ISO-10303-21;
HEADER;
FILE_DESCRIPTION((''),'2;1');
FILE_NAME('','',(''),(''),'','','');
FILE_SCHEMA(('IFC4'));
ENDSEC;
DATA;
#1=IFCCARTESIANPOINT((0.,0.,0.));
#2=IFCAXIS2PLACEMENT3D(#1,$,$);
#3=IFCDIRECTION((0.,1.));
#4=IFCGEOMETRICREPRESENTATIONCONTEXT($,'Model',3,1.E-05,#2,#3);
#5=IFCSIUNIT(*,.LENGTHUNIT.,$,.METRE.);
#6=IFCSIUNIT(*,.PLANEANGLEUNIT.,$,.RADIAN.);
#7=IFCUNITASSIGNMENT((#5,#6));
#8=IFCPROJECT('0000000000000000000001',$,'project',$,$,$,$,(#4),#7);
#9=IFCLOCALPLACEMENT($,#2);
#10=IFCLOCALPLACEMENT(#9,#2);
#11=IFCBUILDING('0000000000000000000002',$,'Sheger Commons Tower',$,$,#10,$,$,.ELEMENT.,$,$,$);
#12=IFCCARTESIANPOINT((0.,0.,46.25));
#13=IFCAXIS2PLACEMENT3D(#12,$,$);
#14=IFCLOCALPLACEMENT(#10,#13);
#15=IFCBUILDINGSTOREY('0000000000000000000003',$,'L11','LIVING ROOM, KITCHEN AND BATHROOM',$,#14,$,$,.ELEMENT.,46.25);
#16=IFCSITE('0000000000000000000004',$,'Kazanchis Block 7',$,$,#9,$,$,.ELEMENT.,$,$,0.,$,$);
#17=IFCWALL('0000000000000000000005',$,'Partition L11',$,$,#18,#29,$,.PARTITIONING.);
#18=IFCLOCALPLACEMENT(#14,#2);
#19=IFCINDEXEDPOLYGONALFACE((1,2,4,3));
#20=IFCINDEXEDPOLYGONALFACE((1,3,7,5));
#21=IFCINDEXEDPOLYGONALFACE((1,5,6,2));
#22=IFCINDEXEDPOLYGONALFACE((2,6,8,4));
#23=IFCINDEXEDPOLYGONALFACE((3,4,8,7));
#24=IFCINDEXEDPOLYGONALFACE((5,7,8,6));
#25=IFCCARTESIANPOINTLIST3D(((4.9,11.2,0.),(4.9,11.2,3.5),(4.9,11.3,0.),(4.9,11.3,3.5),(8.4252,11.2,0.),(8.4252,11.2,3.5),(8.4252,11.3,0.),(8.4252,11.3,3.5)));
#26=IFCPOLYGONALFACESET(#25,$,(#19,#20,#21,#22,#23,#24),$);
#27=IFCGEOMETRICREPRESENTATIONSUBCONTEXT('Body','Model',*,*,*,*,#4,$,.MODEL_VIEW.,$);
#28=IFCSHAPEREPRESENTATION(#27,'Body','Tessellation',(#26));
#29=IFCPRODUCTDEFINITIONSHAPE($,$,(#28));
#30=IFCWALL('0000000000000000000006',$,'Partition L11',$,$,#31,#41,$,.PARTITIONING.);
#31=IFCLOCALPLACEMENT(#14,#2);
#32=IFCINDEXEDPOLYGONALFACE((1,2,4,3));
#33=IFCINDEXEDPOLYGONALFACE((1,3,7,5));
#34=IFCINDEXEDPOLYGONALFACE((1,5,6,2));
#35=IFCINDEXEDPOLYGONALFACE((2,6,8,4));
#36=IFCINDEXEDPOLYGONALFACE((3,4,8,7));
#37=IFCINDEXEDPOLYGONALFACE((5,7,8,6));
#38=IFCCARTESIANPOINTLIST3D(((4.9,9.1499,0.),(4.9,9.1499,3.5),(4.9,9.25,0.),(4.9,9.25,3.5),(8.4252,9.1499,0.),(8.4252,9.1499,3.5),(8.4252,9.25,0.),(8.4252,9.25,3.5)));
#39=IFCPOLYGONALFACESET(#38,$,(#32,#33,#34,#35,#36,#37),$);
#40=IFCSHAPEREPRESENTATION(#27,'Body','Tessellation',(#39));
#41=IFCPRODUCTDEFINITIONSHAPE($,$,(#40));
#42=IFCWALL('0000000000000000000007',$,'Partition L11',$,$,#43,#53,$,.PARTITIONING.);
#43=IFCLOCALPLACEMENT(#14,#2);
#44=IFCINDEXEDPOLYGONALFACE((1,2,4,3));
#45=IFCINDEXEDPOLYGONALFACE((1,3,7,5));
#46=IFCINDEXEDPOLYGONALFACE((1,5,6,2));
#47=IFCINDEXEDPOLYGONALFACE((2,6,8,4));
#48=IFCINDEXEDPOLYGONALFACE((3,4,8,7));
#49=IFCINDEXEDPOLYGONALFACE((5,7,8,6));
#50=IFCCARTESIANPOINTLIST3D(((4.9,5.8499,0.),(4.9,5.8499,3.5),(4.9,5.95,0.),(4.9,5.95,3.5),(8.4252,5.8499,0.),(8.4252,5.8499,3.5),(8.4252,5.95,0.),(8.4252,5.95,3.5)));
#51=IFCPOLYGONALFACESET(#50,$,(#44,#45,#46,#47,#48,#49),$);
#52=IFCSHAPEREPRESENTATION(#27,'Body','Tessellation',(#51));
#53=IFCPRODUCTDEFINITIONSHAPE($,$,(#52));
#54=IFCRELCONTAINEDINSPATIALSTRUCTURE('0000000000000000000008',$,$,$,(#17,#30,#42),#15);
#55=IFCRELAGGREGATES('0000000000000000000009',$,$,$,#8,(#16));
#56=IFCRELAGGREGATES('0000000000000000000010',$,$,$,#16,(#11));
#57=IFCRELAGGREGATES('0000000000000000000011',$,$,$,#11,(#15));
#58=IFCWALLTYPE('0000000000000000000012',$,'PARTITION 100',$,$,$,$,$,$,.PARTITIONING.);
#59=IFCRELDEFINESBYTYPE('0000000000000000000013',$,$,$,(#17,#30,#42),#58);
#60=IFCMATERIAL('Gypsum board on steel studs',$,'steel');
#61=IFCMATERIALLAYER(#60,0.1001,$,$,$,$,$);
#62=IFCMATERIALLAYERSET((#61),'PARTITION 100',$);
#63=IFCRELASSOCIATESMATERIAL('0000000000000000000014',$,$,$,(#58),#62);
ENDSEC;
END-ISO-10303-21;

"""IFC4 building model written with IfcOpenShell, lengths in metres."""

from ifc_helpers import new_model, si_unit, direction, frame, frame_2d, origin, place, context, subcontext, project, spatial, rectangle, extrude, material, layer, layer_set, type_object, element, save


model = new_model("IFC4")

# Units and contexts
model_context = context("Model", 3, precision=1e-05, world=origin(), true_north=direction((0.0, 1.0)))
body_context = subcontext(model_context, "Body", "Model", "MODEL_VIEW")
ifc_project = project(units=[si_unit("LENGTHUNIT", "METRE"), si_unit("PLANEANGLEUNIT", "RADIAN")], contexts=[model_context])

# Site, building, storey
site_placement = place(None, origin())
site = spatial("IfcSite", under=ifc_project, at=site_placement, Name="Kazanchis Block 7", CompositionType="ELEMENT", RefElevation=0.0)
building_placement = place(site_placement, origin())
building = spatial("IfcBuilding", under=site, at=building_placement, Name="Sheger Commons Tower", CompositionType="ELEMENT")
storey_placement = place(building_placement, frame((0.0, 0.0, 46.25)))
storey = spatial("IfcBuildingStorey", under=building, at=storey_placement, Name="L11", Description="LIVING ROOM, KITCHEN AND BATHROOM", CompositionType="ELEMENT", Elevation=46.25)

# Shared definitions
ifc_material_1 = material(Name="Gypsum board on steel studs", Category="steel")
ifc_layer_1 = layer(ifc_material_1, 0.1001)
ifc_layer_set_1 = layer_set([ifc_layer_1], Name="PARTITION 100")
wall_type_1 = type_object("IfcWallType", Name="PARTITION 100", PredefinedType="PARTITIONING", material=ifc_layer_set_1)

# Walls
for number, where, z_axis, x_axis, name in (
    (1, (4.8999, 11.25, 0.0), (0.0, 0.0, 1.0), (1.0, 0.0, 0.0), "Partition L11"),
    (2, (4.8999, 9.2, 0.0), (0.0, 0.0, 1.0), (1.0, 0.0, 0.0), "Partition L11"),
    (3, (4.8999, 5.8999, 0.0), (0.0, 0.0, 1.0), (1.0, 0.0, 0.0), "Partition L11"),
):
    element("IfcWall", number, at=place(storey_placement, frame(where, z_axis=z_axis, x_axis=x_axis)), inside=storey, type_object=wall_type_1, Name=name, PredefinedType="PARTITIONING", context=body_context, shape_type="SweptSolid", body=[
        extrude(rectangle(XDim=3.5251, YDim=0.1001, at=frame_2d((1.7627, 0.0))), origin(), (0.0, 0.0, 1.0), 3.5),
    ])

save(model, "model.ifc")
